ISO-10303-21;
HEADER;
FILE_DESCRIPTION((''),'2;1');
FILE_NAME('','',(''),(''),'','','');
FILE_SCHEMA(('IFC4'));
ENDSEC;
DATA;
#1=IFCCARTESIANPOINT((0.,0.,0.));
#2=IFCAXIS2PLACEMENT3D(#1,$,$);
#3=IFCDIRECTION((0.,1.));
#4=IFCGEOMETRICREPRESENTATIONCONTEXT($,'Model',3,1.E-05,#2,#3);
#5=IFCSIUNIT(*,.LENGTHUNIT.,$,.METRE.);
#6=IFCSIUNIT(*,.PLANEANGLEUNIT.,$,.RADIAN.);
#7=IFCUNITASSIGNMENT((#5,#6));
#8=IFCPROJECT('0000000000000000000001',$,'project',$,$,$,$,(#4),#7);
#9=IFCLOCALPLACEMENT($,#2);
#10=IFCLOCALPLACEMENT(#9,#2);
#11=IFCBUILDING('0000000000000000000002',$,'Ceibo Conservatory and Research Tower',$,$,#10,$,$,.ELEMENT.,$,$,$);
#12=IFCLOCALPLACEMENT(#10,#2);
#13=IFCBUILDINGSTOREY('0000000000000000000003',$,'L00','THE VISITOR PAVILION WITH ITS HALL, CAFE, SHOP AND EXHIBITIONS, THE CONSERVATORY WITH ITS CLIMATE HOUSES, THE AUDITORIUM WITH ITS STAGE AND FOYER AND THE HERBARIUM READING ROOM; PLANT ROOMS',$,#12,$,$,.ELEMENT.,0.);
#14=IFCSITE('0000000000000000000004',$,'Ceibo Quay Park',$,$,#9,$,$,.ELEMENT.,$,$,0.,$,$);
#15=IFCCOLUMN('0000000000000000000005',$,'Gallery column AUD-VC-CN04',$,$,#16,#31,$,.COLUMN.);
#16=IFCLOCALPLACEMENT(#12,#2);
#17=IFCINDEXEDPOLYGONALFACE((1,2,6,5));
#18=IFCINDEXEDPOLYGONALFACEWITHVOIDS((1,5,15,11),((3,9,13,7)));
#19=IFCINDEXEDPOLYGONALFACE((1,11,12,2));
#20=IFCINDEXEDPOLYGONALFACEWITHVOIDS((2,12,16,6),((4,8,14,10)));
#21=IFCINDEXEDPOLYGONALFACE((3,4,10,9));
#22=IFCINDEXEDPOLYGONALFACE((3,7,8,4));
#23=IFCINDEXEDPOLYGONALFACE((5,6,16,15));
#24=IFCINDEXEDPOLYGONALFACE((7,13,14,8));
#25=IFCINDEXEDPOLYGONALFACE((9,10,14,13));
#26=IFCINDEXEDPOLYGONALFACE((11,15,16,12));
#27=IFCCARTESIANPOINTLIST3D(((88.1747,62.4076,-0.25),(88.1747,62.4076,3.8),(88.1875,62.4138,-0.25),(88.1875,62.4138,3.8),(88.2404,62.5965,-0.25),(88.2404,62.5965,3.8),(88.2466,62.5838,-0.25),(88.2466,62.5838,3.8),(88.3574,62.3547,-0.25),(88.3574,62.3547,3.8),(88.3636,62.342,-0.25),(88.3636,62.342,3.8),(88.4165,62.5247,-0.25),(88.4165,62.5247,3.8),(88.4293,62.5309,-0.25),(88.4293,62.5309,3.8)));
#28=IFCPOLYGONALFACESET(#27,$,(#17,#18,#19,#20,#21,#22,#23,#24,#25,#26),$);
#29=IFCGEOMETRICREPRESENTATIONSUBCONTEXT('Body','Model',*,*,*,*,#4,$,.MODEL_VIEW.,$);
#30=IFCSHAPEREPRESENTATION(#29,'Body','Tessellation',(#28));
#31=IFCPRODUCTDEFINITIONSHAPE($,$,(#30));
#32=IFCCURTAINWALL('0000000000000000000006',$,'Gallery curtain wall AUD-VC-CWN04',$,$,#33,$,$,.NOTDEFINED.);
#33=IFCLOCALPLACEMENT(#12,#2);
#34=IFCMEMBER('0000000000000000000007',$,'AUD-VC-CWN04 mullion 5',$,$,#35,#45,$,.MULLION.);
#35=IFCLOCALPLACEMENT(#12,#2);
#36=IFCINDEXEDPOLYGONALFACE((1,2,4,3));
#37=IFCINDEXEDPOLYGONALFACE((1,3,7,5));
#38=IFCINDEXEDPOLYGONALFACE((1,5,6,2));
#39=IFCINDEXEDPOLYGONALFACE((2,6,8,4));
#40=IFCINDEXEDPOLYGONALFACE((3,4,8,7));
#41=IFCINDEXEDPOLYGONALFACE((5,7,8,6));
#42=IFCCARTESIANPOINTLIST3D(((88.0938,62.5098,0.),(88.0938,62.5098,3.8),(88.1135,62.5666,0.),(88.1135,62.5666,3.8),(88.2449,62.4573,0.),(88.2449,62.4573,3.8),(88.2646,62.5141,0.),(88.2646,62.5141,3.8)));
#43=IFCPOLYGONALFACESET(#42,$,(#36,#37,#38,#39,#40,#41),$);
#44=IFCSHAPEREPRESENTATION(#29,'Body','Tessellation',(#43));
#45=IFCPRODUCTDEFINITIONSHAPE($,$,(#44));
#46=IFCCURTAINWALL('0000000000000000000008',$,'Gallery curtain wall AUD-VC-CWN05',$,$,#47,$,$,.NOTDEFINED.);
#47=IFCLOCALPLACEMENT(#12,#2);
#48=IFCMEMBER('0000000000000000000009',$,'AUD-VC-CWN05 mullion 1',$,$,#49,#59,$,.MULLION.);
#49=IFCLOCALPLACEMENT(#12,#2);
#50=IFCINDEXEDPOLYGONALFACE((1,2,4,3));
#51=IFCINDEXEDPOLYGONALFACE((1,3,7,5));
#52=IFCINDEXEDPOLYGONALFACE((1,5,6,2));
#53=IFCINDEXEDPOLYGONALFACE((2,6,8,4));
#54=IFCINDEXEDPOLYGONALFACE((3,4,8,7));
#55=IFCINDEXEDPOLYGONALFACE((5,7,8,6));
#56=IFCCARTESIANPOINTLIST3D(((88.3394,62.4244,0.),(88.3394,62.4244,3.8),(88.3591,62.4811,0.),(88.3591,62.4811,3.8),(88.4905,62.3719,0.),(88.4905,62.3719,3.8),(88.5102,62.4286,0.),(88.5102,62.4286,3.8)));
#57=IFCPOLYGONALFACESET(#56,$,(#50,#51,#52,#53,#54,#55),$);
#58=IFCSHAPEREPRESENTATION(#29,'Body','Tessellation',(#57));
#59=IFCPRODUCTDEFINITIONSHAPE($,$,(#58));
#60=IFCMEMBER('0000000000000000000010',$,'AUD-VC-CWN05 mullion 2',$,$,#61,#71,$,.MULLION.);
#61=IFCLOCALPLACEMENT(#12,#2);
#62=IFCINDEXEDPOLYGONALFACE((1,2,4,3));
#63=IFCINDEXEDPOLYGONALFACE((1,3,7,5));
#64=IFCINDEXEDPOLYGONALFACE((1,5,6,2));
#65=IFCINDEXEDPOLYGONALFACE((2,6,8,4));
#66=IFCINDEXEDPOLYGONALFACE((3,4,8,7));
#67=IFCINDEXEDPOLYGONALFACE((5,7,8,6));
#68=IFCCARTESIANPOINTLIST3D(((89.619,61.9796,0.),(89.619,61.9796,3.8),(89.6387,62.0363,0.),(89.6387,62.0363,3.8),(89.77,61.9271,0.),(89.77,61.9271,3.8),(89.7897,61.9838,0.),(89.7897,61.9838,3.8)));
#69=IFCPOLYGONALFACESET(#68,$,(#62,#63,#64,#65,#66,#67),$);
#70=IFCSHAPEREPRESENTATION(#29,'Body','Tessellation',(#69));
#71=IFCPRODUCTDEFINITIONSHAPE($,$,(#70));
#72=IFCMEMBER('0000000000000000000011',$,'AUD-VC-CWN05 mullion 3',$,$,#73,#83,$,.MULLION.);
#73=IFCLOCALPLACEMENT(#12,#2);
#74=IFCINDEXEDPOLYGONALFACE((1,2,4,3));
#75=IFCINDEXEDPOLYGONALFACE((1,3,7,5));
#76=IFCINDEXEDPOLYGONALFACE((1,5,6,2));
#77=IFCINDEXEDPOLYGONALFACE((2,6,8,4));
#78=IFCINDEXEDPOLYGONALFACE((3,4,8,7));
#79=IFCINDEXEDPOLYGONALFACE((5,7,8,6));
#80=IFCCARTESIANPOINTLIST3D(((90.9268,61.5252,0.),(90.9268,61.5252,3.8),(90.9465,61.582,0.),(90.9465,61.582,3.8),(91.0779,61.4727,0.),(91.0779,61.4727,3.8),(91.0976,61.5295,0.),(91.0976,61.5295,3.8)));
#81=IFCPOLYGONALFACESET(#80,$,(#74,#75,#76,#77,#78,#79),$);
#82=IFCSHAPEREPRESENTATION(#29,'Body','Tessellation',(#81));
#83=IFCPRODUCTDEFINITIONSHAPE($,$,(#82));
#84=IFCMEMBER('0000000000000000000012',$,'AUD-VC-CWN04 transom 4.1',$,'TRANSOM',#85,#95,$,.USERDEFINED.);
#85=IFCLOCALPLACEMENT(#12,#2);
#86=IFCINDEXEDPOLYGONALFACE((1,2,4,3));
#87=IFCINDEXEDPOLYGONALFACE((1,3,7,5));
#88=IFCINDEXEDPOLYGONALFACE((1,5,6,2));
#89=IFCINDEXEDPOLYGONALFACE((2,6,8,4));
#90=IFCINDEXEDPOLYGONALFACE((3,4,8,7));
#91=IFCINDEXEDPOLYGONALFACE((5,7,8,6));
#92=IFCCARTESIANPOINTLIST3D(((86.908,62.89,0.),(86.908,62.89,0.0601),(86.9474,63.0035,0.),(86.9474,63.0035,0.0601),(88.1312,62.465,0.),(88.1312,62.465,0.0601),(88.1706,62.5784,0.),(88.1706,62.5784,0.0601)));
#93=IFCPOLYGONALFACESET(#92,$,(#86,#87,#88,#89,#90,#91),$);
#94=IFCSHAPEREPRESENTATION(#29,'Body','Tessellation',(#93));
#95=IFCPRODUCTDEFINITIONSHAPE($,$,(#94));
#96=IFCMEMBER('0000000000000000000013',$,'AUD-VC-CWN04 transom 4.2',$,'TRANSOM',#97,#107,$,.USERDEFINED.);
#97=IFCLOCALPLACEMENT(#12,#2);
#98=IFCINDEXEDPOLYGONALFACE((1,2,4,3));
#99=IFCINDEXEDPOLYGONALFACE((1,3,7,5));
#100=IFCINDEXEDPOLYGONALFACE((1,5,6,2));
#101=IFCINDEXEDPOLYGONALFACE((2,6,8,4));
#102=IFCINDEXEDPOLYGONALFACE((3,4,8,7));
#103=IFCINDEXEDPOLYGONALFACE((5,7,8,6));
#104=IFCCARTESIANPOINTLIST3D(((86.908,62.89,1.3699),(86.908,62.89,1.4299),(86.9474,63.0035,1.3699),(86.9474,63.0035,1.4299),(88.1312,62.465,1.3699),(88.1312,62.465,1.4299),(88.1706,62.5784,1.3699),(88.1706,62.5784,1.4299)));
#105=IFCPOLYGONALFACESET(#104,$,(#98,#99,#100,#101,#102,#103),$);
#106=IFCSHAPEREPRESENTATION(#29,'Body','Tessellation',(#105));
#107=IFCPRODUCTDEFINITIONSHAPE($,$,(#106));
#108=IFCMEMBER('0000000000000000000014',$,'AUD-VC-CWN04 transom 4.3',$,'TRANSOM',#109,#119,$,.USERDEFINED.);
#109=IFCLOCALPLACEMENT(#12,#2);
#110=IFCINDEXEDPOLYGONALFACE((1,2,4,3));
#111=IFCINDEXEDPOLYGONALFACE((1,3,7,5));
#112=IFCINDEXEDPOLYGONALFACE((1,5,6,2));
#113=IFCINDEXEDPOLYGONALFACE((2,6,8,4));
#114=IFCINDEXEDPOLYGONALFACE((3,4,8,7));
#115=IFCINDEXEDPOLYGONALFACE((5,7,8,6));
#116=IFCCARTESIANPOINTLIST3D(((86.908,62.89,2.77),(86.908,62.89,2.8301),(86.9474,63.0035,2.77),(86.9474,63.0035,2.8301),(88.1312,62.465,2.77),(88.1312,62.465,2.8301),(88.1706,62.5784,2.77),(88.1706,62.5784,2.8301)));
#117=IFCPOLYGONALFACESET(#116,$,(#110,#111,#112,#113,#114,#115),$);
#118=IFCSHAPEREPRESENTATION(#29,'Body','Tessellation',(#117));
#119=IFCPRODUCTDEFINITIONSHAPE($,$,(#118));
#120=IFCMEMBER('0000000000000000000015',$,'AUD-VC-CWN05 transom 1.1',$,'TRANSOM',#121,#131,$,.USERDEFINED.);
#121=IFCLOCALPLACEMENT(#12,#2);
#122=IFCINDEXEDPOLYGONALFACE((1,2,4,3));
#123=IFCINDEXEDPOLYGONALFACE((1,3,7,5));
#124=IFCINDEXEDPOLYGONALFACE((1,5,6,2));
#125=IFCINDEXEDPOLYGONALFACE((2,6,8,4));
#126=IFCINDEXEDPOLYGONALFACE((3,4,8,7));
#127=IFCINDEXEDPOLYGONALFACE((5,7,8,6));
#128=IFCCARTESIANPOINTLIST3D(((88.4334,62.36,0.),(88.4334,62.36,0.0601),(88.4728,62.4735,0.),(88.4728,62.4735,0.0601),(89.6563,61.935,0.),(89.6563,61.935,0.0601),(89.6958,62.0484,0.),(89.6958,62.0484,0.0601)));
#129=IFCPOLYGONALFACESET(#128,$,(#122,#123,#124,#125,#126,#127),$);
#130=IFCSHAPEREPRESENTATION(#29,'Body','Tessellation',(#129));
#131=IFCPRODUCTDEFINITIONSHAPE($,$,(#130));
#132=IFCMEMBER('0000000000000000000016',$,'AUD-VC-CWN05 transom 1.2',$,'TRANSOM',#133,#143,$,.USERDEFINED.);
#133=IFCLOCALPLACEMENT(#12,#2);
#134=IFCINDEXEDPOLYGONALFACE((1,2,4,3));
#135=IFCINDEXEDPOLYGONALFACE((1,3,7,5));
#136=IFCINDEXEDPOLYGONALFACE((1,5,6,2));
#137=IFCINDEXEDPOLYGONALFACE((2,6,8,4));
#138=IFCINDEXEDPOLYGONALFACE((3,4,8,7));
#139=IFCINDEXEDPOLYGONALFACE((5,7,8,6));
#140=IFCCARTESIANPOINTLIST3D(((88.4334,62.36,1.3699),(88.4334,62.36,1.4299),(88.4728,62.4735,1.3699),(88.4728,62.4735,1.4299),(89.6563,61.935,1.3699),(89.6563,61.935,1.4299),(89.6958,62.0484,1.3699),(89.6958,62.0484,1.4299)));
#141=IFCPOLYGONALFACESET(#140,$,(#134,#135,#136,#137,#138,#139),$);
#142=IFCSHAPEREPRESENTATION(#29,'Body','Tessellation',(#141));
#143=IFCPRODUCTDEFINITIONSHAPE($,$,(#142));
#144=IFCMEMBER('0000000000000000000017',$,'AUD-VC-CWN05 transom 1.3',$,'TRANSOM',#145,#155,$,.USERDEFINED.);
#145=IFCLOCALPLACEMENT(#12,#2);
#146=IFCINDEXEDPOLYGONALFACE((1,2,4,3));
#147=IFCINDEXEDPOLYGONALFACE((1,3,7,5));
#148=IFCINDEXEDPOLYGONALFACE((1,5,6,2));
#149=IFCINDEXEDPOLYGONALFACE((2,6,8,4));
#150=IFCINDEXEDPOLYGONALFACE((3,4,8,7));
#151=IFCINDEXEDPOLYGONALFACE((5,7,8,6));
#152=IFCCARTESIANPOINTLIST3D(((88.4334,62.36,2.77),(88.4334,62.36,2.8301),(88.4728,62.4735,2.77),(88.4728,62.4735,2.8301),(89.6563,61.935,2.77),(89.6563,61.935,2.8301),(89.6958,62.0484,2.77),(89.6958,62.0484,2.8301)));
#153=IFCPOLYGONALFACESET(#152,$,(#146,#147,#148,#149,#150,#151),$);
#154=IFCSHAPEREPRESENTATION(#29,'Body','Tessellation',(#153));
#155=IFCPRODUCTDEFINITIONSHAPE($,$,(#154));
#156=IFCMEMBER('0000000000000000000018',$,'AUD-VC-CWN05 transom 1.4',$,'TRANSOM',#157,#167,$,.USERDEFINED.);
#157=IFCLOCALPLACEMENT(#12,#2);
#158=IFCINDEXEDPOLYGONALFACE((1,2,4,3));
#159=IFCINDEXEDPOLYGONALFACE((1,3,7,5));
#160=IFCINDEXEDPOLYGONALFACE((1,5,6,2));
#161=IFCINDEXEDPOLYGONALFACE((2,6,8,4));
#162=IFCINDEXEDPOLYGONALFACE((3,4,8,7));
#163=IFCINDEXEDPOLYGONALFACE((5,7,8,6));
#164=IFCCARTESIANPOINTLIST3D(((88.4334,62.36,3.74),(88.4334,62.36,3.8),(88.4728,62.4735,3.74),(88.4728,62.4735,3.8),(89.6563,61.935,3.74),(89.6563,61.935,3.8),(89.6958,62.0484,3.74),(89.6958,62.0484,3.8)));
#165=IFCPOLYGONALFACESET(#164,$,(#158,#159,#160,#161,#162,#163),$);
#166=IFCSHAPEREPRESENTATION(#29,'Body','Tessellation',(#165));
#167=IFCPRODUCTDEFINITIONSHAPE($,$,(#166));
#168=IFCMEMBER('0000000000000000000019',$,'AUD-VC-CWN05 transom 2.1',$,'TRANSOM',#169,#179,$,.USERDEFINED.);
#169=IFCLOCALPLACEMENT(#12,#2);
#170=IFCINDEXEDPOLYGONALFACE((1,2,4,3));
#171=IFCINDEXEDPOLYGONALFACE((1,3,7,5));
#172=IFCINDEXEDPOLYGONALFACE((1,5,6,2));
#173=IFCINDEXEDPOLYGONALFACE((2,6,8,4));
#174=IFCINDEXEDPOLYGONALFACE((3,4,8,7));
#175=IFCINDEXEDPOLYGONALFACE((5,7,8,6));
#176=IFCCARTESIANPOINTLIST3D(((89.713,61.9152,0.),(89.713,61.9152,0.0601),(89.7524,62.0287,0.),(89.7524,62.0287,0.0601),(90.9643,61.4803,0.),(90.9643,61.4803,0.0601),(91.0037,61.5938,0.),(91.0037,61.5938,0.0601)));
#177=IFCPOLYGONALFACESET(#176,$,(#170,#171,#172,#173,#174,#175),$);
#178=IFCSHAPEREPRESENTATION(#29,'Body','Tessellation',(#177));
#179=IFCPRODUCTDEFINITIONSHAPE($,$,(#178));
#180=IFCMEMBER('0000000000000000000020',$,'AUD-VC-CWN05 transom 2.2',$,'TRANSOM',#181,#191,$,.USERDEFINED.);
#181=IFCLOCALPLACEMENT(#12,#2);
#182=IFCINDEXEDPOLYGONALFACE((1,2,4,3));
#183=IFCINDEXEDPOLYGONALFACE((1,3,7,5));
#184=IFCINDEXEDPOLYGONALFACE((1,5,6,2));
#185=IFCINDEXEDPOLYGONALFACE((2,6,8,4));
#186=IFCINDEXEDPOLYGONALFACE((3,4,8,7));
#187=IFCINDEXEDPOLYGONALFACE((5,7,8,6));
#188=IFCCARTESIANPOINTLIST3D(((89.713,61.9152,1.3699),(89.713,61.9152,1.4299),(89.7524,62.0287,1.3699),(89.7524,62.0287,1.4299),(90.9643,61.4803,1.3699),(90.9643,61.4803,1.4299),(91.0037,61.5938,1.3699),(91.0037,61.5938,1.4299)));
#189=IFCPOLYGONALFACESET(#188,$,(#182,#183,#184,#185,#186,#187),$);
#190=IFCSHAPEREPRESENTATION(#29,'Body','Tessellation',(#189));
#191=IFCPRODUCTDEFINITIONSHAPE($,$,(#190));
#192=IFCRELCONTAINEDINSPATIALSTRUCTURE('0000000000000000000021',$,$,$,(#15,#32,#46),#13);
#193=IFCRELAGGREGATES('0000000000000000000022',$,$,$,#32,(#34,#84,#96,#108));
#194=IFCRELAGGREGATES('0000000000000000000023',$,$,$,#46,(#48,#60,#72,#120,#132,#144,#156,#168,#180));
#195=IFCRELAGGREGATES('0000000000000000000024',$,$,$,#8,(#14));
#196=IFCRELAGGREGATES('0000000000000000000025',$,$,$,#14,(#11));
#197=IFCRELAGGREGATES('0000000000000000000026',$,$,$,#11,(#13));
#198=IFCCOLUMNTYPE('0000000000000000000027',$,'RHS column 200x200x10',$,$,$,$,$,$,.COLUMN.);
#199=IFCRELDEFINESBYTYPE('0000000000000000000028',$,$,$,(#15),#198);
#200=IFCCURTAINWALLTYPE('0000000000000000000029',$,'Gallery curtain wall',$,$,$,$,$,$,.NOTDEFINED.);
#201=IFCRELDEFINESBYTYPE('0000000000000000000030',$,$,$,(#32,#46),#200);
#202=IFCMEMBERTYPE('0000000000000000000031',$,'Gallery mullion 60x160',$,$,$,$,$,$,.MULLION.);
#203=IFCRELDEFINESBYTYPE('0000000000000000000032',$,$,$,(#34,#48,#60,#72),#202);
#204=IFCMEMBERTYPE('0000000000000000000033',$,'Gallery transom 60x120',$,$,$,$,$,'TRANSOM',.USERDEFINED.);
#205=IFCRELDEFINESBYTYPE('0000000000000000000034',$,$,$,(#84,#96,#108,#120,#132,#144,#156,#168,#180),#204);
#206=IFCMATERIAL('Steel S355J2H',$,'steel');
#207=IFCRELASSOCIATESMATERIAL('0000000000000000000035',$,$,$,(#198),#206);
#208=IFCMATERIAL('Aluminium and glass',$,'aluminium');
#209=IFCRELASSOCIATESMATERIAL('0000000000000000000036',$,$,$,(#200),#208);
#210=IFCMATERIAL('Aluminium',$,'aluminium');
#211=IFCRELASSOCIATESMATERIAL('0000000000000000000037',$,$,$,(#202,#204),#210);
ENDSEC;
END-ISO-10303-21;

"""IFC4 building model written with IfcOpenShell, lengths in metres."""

from ifc_helpers import new_model, si_unit, direction, frame, origin, origin_2d, place, context, subcontext, project, spatial, rectangle, hollow_rectangle, extrude, material, material_profile, profile_set, type_object, element, aggregate, save


model = new_model("IFC4")

# Units and contexts
model_context = context("Model", 3, precision=1e-05, world=origin(), true_north=direction((0.0, 1.0)))
body_context = subcontext(model_context, "Body", "Model", "MODEL_VIEW")
ifc_project = project(units=[si_unit("LENGTHUNIT", "METRE"), si_unit("PLANEANGLEUNIT", "RADIAN")], contexts=[model_context])

# Site, building, storey
site_placement = place(None, origin())
site = spatial("IfcSite", under=ifc_project, at=site_placement, Name="Ceibo Quay Park", CompositionType="ELEMENT", RefElevation=0.0)
building_placement = place(site_placement, origin())
building = spatial("IfcBuilding", under=site, at=building_placement, Name="Ceibo Conservatory and Research Tower", CompositionType="ELEMENT")
storey_placement = place(building_placement, origin())
storey = spatial("IfcBuildingStorey", under=building, at=storey_placement, Name="L00", Description="THE VISITOR PAVILION WITH ITS HALL, CAFE, SHOP AND EXHIBITIONS, THE CONSERVATORY WITH ITS CLIMATE HOUSES, THE AUDITORIUM WITH ITS STAGE AND FOYER AND THE HERBARIUM READING ROOM; PLANT ROOMS", CompositionType="ELEMENT", Elevation=0.0)

# Column
ifc_material_1 = material(Name="Steel S355J2H", Category="steel")
ifc_material_profile_1 = material_profile(ifc_material_1, hollow_rectangle(XDim=0.2, YDim=0.2, WallThickness=0.01, at=origin_2d()), Name="RHS column 200x200x10")
ifc_profile_set_1 = profile_set([ifc_material_profile_1], Name="Steel S355J2H")
column_type = type_object("IfcColumnType", Name="RHS column 200x200x10", PredefinedType="COLUMN", material=ifc_profile_set_1)
column_placement = place(storey_placement, frame((88.302, 62.4692, -0.25), z_axis=(0.0, 0.0, 1.0), x_axis=(0.944579, -0.328284, 0.0)))
element("IfcColumn", 1, at=column_placement, inside=storey, type_object=column_type, Name="Gallery column AUD-VC-CN04", PredefinedType="COLUMN", context=body_context, shape_type="SweptSolid", body=[
    extrude(hollow_rectangle(XDim=0.2, YDim=0.2, WallThickness=0.01, at=origin_2d()), origin(), (0.0, 0.0, 1.0), 4.05),
])

# Curtain wall, member
ifc_material_2 = material(Name="Aluminium and glass", Category="aluminium")
curtain_wall_type = type_object("IfcCurtainWallType", Name="Gallery curtain wall", PredefinedType="NOTDEFINED", material=ifc_material_2)
curtain_wall_1_placement = place(storey_placement, origin())
curtain_wall_1 = element("IfcCurtainWall", 2, at=curtain_wall_1_placement, inside=storey, type_object=curtain_wall_type, Name="Gallery curtain wall AUD-VC-CWN04", PredefinedType="NOTDEFINED")
ifc_material_3 = material(Name="Aluminium", Category="aluminium")
ifc_material_profile_2 = material_profile(ifc_material_3, rectangle(XDim=0.0601, YDim=0.1599, at=origin_2d()), Name="AL 60x160")
ifc_profile_set_2 = profile_set([ifc_material_profile_2], Name="Aluminium")
member_type_1 = type_object("IfcMemberType", Name="Gallery mullion 60x160", PredefinedType="MULLION", material=ifc_profile_set_2)
member_1_placement = place(storey_placement, frame((88.1792, 62.512, 0.0), z_axis=(0.0, 0.0, 1.0), x_axis=(0.328284, 0.944579, 0.0)))
member_1 = element("IfcMember", 3, at=member_1_placement, type_object=member_type_1, Name="AUD-VC-CWN04 mullion 5", PredefinedType="MULLION", context=body_context, shape_type="SweptSolid", body=[
    extrude(rectangle(XDim=0.0601, YDim=0.1599, at=origin_2d()), origin(), (0.0, 0.0, 1.0), 3.8),
])

# Curtain wall, members
curtain_wall_2_placement = place(storey_placement, origin())
curtain_wall_2 = element("IfcCurtainWall", 4, at=curtain_wall_2_placement, inside=storey, type_object=curtain_wall_type, Name="Gallery curtain wall AUD-VC-CWN05", PredefinedType="NOTDEFINED")
member_2_placement = place(storey_placement, frame((88.4248, 62.4265, 0.0), z_axis=(0.0, 0.0, 1.0), x_axis=(0.328284, 0.944579, 0.0)))
member_2 = element("IfcMember", 5, at=member_2_placement, type_object=member_type_1, Name="AUD-VC-CWN05 mullion 1", PredefinedType="MULLION", context=body_context, shape_type="SweptSolid", body=[
    extrude(rectangle(XDim=0.0601, YDim=0.1599, at=origin_2d()), origin(), (0.0, 0.0, 1.0), 3.8),
])
member_3_placement = place(storey_placement, frame((89.7043, 61.9817, 0.0), z_axis=(0.0, 0.0, 1.0), x_axis=(0.328284, 0.944579, 0.0)))
member_3 = element("IfcMember", 6, at=member_3_placement, type_object=member_type_1, Name="AUD-VC-CWN05 mullion 2", PredefinedType="MULLION", context=body_context, shape_type="SweptSolid", body=[
    extrude(rectangle(XDim=0.0601, YDim=0.1599, at=origin_2d()), origin(), (0.0, 0.0, 1.0), 3.8),
])
member_4_placement = place(storey_placement, frame((91.0122, 61.5273, 0.0), z_axis=(0.0, 0.0, 1.0), x_axis=(0.328284, 0.944579, 0.0)))
member_4 = element("IfcMember", 7, at=member_4_placement, type_object=member_type_1, Name="AUD-VC-CWN05 mullion 3", PredefinedType="MULLION", context=body_context, shape_type="SweptSolid", body=[
    extrude(rectangle(XDim=0.0601, YDim=0.1599, at=origin_2d()), origin(), (0.0, 0.0, 1.0), 3.8),
])

# Members
ifc_material_profile_3 = material_profile(ifc_material_3, rectangle(XDim=0.1201, YDim=0.0601, at=origin_2d()), Name="AL 60x120")
ifc_profile_set_3 = profile_set([ifc_material_profile_3], Name="Aluminium")
member_type_2 = type_object("IfcMemberType", Name="Gallery transom 60x120", ElementType="TRANSOM", PredefinedType="USERDEFINED", material=ifc_profile_set_3)
member_5_placement = place(storey_placement, frame((86.9277, 62.9468, 0.03), z_axis=(0.944591, -0.32825, 0.0), x_axis=(0.32825, 0.944591, 0.0)))
member_5 = element("IfcMember", 8, at=member_5_placement, type_object=member_type_2, Name="AUD-VC-CWN04 transom 4.1", ObjectType="TRANSOM", PredefinedType="USERDEFINED", context=body_context, shape_type="SweptSolid", body=[
    extrude(rectangle(XDim=0.1201, YDim=0.0601, at=origin_2d()), origin(), (0.0, 0.0, 1.0), 1.2949),
])
member_6_placement = place(storey_placement, frame((86.9277, 62.9468, 1.3999), z_axis=(0.944591, -0.32825, 0.0), x_axis=(0.32825, 0.944591, 0.0)))
member_6 = element("IfcMember", 9, at=member_6_placement, type_object=member_type_2, Name="AUD-VC-CWN04 transom 4.2", ObjectType="TRANSOM", PredefinedType="USERDEFINED", context=body_context, shape_type="SweptSolid", body=[
    extrude(rectangle(XDim=0.1201, YDim=0.0601, at=origin_2d()), origin(), (0.0, 0.0, 1.0), 1.2949),
])
member_7_placement = place(storey_placement, frame((86.9277, 62.9468, 2.8), z_axis=(0.944591, -0.32825, 0.0), x_axis=(0.32825, 0.944591, 0.0)))
member_7 = element("IfcMember", 10, at=member_7_placement, type_object=member_type_2, Name="AUD-VC-CWN04 transom 4.3", ObjectType="TRANSOM", PredefinedType="USERDEFINED", context=body_context, shape_type="SweptSolid", body=[
    extrude(rectangle(XDim=0.1201, YDim=0.0601, at=origin_2d()), origin(), (0.0, 0.0, 1.0), 1.2949),
])
member_8_placement = place(storey_placement, frame((88.4531, 62.4167, 0.03), z_axis=(0.944571, -0.328309, 0.0), x_axis=(0.328309, 0.944571, 0.0)))
member_8 = element("IfcMember", 11, at=member_8_placement, type_object=member_type_2, Name="AUD-VC-CWN05 transom 1.1", ObjectType="TRANSOM", PredefinedType="USERDEFINED", context=body_context, shape_type="SweptSolid", body=[
    extrude(rectangle(XDim=0.1201, YDim=0.0601, at=origin_2d()), origin(), (0.0, 0.0, 1.0), 1.2947),
])
member_9_placement = place(storey_placement, frame((88.4531, 62.4167, 1.3999), z_axis=(0.944571, -0.328309, 0.0), x_axis=(0.328309, 0.944571, 0.0)))
member_9 = element("IfcMember", 12, at=member_9_placement, type_object=member_type_2, Name="AUD-VC-CWN05 transom 1.2", ObjectType="TRANSOM", PredefinedType="USERDEFINED", context=body_context, shape_type="SweptSolid", body=[
    extrude(rectangle(XDim=0.1201, YDim=0.0601, at=origin_2d()), origin(), (0.0, 0.0, 1.0), 1.2947),
])
member_10_placement = place(storey_placement, frame((88.4531, 62.4167, 2.8), z_axis=(0.944571, -0.328309, 0.0), x_axis=(0.328309, 0.944571, 0.0)))
member_10 = element("IfcMember", 13, at=member_10_placement, type_object=member_type_2, Name="AUD-VC-CWN05 transom 1.3", ObjectType="TRANSOM", PredefinedType="USERDEFINED", context=body_context, shape_type="SweptSolid", body=[
    extrude(rectangle(XDim=0.1201, YDim=0.0601, at=origin_2d()), origin(), (0.0, 0.0, 1.0), 1.2947),
])
member_11_placement = place(storey_placement, frame((88.4531, 62.4167, 3.77), z_axis=(0.944571, -0.328309, 0.0), x_axis=(0.328309, 0.944571, 0.0)))
member_11 = element("IfcMember", 14, at=member_11_placement, type_object=member_type_2, Name="AUD-VC-CWN05 transom 1.4", ObjectType="TRANSOM", PredefinedType="USERDEFINED", context=body_context, shape_type="SweptSolid", body=[
    extrude(rectangle(XDim=0.1201, YDim=0.0601, at=origin_2d()), origin(), (0.0, 0.0, 1.0), 1.2947),
])
member_12_placement = place(storey_placement, frame((89.7327, 61.9719, 0.03), z_axis=(0.944589, -0.328256, 0.0), x_axis=(0.328256, 0.944589, 0.0)))
member_12 = element("IfcMember", 15, at=member_12_placement, type_object=member_type_2, Name="AUD-VC-CWN05 transom 2.1", ObjectType="TRANSOM", PredefinedType="USERDEFINED", context=body_context, shape_type="SweptSolid", body=[
    extrude(rectangle(XDim=0.1201, YDim=0.0601, at=origin_2d()), origin(), (0.0, 0.0, 1.0), 1.3247),
])
member_13_placement = place(storey_placement, frame((89.7327, 61.9719, 1.3999), z_axis=(0.944589, -0.328256, 0.0), x_axis=(0.328256, 0.944589, 0.0)))
member_13 = element("IfcMember", 16, at=member_13_placement, type_object=member_type_2, Name="AUD-VC-CWN05 transom 2.2", ObjectType="TRANSOM", PredefinedType="USERDEFINED", context=body_context, shape_type="SweptSolid", body=[
    extrude(rectangle(XDim=0.1201, YDim=0.0601, at=origin_2d()), origin(), (0.0, 0.0, 1.0), 1.3247),
])

aggregate(curtain_wall_1, [member_1, member_5, member_6, member_7])
aggregate(curtain_wall_2, [member_2, member_3, member_4, member_8, member_9, member_10, member_11, member_12, member_13])

save(model, "model.ifc")
